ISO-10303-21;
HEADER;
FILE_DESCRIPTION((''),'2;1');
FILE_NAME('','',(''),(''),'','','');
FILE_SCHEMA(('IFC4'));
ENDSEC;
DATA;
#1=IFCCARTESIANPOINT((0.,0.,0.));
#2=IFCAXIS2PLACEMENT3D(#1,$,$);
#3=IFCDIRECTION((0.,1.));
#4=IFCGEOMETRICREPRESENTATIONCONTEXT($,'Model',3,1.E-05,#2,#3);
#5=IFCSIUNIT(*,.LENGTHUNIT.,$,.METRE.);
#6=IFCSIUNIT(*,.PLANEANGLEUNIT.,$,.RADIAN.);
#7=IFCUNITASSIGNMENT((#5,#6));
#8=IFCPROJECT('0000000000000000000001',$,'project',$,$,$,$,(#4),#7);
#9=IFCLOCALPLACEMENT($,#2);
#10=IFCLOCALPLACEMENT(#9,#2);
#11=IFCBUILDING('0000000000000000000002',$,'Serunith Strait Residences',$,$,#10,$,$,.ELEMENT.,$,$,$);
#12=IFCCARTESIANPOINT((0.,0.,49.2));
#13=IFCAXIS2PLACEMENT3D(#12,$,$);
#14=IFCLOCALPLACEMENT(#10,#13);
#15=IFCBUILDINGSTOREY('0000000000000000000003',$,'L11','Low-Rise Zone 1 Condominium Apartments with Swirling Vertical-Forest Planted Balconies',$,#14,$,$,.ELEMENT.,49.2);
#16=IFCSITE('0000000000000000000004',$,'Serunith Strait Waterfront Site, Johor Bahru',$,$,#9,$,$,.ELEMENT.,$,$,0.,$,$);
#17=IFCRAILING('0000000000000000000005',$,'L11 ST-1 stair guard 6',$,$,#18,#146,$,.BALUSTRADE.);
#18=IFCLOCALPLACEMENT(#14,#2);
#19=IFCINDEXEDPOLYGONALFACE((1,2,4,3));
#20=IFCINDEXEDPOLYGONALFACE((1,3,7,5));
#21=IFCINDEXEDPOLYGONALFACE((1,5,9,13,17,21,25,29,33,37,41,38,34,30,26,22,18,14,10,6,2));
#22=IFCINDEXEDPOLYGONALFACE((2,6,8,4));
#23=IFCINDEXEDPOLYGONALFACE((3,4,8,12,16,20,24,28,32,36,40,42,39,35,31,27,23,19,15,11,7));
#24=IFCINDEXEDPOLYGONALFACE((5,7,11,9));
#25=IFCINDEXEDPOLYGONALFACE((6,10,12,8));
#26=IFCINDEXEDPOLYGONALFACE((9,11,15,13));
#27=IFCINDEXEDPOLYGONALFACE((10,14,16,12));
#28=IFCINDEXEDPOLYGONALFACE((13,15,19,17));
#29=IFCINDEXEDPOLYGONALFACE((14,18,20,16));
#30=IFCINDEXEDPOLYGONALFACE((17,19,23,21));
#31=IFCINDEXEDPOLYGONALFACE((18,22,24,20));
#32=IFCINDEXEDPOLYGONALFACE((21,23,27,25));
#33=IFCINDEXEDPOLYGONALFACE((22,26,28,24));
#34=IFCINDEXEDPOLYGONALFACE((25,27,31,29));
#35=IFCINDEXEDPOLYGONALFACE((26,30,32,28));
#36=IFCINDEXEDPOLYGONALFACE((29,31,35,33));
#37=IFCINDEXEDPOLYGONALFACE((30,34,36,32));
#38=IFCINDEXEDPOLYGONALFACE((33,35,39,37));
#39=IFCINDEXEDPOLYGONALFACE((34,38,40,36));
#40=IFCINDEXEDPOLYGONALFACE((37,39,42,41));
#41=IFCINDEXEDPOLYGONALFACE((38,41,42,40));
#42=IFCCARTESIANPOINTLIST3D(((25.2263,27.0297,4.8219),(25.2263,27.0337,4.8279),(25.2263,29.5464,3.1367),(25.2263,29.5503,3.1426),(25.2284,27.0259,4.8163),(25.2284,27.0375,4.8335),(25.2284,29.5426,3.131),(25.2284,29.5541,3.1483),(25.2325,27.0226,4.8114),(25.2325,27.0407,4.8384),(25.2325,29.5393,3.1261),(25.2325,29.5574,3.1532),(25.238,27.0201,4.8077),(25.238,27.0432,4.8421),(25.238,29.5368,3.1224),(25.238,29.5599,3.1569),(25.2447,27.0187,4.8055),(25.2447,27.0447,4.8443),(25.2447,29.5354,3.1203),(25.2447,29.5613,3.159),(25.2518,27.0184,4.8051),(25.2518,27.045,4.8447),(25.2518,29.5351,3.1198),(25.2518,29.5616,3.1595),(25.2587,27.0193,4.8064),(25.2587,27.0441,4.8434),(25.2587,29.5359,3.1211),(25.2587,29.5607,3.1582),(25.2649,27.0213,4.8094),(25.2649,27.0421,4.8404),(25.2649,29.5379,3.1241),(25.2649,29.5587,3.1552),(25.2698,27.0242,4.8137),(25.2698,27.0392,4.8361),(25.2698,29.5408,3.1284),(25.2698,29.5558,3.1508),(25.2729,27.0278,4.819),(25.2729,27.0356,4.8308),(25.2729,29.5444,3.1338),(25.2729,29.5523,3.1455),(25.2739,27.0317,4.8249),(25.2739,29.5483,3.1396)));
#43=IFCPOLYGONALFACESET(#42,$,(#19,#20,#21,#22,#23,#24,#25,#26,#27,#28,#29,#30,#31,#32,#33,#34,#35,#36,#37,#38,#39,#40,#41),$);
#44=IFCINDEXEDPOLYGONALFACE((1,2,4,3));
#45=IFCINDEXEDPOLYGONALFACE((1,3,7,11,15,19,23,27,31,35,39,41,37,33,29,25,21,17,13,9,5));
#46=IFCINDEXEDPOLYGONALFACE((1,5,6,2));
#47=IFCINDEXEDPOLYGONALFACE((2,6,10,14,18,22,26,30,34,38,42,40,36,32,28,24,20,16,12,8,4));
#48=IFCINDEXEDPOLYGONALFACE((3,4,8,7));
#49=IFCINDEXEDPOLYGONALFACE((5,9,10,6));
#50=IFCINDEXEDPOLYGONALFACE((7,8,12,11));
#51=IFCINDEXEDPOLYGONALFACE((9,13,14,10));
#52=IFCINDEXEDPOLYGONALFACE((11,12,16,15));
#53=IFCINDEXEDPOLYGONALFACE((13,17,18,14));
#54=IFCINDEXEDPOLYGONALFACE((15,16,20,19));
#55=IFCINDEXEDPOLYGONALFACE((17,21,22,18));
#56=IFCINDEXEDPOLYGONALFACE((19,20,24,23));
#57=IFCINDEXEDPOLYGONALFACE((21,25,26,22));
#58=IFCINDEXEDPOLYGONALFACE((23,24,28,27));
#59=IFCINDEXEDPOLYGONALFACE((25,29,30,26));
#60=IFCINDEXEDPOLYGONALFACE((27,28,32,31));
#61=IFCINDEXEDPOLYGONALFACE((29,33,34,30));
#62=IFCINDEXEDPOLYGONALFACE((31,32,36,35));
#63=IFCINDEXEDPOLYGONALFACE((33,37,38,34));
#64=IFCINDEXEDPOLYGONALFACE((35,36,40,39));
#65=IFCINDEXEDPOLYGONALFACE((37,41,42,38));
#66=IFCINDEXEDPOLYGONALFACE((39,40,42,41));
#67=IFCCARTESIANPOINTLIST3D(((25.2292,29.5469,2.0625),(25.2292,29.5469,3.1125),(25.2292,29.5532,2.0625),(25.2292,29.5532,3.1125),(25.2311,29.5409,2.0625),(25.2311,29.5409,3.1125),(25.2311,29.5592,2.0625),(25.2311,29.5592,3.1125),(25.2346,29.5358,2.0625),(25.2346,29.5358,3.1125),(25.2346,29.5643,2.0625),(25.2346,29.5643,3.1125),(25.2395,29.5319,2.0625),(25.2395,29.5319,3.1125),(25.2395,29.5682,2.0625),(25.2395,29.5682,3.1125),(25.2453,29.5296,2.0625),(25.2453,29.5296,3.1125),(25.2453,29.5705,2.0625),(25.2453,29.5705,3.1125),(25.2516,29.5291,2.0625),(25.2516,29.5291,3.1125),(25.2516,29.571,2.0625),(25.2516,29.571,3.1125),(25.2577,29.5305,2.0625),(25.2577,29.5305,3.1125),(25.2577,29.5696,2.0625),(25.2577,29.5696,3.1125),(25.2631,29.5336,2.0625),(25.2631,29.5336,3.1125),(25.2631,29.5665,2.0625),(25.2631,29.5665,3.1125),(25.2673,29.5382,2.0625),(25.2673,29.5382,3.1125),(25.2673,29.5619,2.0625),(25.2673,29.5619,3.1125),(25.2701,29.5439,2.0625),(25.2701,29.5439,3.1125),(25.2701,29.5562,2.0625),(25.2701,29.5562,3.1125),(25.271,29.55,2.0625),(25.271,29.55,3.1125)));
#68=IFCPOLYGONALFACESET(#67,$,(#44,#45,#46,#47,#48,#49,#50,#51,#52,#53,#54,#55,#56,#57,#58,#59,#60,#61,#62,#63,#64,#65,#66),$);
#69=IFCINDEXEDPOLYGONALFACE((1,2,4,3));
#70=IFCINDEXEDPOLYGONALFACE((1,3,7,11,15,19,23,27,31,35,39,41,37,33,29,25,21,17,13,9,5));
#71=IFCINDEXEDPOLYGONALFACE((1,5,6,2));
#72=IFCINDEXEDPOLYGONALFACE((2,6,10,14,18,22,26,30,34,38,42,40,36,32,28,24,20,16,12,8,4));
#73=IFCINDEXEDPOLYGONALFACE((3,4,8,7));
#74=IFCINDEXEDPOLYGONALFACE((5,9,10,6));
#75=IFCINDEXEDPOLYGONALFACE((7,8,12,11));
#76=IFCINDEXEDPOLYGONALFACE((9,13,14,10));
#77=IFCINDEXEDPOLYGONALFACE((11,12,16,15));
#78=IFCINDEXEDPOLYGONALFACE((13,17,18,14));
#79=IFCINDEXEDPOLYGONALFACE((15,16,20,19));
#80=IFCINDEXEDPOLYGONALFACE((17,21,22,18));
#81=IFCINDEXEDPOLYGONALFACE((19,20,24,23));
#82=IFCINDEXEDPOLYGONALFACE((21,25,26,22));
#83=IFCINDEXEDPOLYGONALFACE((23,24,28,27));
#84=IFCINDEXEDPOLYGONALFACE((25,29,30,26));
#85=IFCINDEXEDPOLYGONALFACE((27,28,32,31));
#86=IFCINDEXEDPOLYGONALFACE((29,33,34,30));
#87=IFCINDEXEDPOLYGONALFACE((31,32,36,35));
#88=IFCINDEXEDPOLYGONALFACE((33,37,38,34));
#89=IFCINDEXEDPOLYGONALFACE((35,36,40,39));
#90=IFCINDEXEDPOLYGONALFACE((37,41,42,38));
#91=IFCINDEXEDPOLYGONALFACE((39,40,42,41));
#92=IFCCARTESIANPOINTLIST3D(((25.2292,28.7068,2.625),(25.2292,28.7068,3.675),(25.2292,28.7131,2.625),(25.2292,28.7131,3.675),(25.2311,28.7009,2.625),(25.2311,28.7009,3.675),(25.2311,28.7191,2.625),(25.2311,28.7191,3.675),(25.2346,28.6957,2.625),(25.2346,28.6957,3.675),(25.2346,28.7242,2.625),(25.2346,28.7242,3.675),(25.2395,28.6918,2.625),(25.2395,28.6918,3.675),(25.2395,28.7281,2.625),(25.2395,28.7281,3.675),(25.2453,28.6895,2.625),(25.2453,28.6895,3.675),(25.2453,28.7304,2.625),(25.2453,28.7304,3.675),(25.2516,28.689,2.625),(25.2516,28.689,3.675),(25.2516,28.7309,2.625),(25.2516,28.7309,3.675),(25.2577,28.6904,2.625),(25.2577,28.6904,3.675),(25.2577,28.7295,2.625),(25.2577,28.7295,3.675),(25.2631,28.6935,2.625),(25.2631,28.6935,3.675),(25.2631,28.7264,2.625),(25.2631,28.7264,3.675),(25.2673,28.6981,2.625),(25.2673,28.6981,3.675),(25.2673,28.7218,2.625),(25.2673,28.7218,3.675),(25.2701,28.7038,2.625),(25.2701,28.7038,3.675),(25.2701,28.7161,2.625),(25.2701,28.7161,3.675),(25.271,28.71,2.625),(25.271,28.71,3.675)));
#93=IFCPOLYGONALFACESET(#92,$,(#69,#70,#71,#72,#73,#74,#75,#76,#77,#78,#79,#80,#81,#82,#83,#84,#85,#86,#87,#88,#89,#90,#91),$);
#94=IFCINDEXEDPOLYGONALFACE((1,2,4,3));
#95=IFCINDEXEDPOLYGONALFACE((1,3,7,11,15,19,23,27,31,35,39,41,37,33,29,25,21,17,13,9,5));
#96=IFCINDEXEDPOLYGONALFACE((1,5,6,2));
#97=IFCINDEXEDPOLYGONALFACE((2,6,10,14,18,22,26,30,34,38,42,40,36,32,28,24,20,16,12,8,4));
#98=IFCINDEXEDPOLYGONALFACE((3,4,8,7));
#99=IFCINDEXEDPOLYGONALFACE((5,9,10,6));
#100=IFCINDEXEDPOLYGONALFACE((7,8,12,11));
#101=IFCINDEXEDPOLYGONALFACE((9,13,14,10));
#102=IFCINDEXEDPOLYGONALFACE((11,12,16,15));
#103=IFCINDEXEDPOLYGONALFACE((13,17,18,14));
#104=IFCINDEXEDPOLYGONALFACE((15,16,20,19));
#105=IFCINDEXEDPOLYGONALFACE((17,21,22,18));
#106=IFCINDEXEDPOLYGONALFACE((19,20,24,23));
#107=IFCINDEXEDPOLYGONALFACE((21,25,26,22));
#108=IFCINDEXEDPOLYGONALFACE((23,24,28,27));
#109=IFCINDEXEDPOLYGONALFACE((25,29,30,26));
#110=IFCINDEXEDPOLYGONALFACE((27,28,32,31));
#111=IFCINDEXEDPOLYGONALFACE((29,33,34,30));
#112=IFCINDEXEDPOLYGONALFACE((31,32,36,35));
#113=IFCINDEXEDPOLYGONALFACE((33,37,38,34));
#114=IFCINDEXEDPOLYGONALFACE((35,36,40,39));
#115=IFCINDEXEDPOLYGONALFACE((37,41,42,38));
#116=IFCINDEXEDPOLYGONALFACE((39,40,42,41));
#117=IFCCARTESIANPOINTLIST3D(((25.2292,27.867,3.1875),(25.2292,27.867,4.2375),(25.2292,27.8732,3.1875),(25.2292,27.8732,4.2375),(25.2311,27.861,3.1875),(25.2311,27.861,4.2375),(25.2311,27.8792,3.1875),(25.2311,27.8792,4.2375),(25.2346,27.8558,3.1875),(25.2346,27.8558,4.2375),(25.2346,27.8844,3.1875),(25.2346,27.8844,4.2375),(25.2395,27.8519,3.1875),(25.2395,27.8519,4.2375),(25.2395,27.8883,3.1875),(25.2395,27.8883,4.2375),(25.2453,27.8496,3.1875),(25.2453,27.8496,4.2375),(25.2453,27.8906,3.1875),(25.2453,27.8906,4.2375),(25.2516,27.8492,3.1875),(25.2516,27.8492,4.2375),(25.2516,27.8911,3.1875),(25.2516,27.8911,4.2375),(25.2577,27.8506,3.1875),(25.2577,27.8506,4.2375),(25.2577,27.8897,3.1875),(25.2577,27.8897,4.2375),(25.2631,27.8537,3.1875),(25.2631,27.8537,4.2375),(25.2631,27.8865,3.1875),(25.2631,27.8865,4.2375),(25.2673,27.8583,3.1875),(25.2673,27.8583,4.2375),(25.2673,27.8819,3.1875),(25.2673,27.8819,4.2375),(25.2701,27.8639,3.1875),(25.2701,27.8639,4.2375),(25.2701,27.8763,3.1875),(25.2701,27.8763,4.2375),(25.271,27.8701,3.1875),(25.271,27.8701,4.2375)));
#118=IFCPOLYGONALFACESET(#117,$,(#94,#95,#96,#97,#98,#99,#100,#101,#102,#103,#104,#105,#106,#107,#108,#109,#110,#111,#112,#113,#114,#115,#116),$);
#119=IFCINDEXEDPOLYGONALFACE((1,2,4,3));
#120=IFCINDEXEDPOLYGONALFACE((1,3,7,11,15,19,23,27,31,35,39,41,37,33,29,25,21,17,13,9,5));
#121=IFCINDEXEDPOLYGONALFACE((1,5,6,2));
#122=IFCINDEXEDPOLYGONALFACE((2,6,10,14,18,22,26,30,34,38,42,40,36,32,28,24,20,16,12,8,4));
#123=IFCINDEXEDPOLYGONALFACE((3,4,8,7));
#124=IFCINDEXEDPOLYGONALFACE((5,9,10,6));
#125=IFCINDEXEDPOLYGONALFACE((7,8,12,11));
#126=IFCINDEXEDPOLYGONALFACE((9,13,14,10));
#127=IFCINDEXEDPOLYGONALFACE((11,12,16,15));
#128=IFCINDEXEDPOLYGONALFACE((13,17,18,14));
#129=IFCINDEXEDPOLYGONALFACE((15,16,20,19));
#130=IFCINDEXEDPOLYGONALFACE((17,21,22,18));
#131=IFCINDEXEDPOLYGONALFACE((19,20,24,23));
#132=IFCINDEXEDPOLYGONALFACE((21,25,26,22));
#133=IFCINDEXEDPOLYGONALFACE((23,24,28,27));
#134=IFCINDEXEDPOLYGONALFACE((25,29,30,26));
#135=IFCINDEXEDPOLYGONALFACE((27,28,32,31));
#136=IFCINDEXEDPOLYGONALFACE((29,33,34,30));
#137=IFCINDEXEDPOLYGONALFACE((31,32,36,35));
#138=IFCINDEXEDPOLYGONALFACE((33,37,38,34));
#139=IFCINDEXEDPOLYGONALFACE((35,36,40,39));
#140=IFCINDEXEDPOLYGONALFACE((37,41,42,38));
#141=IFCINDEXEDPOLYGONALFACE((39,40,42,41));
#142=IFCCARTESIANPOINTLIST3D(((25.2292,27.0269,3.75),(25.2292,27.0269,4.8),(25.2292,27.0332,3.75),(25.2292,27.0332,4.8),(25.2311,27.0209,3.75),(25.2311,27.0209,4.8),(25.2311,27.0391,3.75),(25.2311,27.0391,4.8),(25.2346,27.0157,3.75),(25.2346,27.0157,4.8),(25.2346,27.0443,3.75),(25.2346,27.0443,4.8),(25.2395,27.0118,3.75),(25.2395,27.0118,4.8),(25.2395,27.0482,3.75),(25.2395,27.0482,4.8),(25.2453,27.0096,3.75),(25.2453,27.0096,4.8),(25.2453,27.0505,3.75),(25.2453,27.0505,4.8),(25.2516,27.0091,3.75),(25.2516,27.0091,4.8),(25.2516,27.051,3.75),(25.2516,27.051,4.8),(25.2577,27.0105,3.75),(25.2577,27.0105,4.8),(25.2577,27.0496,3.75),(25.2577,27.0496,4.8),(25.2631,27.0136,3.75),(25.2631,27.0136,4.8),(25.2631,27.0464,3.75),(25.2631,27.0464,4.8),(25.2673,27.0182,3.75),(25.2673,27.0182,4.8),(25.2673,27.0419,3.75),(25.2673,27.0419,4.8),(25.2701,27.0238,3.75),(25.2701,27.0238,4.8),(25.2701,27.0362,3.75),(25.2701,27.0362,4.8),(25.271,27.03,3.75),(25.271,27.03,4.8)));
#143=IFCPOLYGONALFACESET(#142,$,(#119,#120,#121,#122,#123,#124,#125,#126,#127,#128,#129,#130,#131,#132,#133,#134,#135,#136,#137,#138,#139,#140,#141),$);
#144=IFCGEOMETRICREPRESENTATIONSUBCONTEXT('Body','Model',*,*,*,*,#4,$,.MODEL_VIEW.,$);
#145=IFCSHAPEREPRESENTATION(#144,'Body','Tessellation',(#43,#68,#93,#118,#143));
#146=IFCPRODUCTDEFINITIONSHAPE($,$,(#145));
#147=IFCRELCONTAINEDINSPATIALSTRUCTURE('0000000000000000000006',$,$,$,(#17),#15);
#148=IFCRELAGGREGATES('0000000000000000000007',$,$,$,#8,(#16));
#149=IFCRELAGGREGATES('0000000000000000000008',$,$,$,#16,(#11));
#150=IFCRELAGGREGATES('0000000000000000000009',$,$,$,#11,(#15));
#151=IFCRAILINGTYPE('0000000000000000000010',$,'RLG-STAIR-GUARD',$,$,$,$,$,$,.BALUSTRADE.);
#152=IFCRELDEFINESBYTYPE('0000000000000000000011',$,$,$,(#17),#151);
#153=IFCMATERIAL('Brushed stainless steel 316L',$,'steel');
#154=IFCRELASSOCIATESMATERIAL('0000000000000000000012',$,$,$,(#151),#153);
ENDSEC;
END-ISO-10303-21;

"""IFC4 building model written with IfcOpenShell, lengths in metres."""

from ifc_helpers import new_model, si_unit, direction, frame, origin, origin_2d, place, context, subcontext, project, spatial, circle, extrude, material, type_object, element, save


model = new_model("IFC4")

# Units and contexts
model_context = context("Model", 3, precision=1e-05, world=origin(), true_north=direction((0.0, 1.0)))
body_context = subcontext(model_context, "Body", "Model", "MODEL_VIEW")
ifc_project = project(units=[si_unit("LENGTHUNIT", "METRE"), si_unit("PLANEANGLEUNIT", "RADIAN")], contexts=[model_context])

# Site, building, storey
site_placement = place(None, origin())
site = spatial("IfcSite", under=ifc_project, at=site_placement, Name="Serunith Strait Waterfront Site, Johor Bahru", CompositionType="ELEMENT", RefElevation=0.0)
building_placement = place(site_placement, origin())
building = spatial("IfcBuilding", under=site, at=building_placement, Name="Serunith Strait Residences", CompositionType="ELEMENT")
storey_placement = place(building_placement, frame((0.0, 0.0, 49.2)))
storey = spatial("IfcBuildingStorey", under=building, at=storey_placement, Name="L11", Description="Low-Rise Zone 1 Condominium Apartments with Swirling Vertical-Forest Planted Balconies", CompositionType="ELEMENT", Elevation=49.2)

# Railing
ifc_material_1 = material(Name="Brushed stainless steel 316L", Category="steel")
railing_type_1 = type_object("IfcRailingType", Name="RLG-STAIR-GUARD", PredefinedType="BALUSTRADE", material=ifc_material_1)
railing_1_placement = place(storey_placement, frame((25.25, 29.55, 2.0625)))
element("IfcRailing", 1, at=railing_1_placement, inside=storey, type_object=railing_type_1, Name="L11 ST-1 stair guard 6", PredefinedType="BALUSTRADE", context=body_context, shape_type="SweptSolid", body=[
    extrude(circle(Radius=0.0239, at=origin_2d()), frame((0.0, -0.0017, 1.0771), z_axis=(0.0, -0.830909, 0.556408), x_axis=(1.0, 0.0, 0.0)), (0.0, 0.0, 1.0), 3.0288),
    extrude(circle(Radius=0.021, at=origin_2d()), origin(), (0.0, 0.0, 1.0), 1.05),
    extrude(circle(Radius=0.021, at=origin_2d()), frame((0.0, -0.8401, 0.5625)), (0.0, 0.0, 1.0), 1.05),
    extrude(circle(Radius=0.021, at=origin_2d()), frame((0.0, -1.6799, 1.125)), (0.0, 0.0, 1.0), 1.05),
    extrude(circle(Radius=0.021, at=origin_2d()), frame((0.0, -2.52, 1.6875)), (0.0, 0.0, 1.0), 1.05),
])

save(model, "model.ifc")
